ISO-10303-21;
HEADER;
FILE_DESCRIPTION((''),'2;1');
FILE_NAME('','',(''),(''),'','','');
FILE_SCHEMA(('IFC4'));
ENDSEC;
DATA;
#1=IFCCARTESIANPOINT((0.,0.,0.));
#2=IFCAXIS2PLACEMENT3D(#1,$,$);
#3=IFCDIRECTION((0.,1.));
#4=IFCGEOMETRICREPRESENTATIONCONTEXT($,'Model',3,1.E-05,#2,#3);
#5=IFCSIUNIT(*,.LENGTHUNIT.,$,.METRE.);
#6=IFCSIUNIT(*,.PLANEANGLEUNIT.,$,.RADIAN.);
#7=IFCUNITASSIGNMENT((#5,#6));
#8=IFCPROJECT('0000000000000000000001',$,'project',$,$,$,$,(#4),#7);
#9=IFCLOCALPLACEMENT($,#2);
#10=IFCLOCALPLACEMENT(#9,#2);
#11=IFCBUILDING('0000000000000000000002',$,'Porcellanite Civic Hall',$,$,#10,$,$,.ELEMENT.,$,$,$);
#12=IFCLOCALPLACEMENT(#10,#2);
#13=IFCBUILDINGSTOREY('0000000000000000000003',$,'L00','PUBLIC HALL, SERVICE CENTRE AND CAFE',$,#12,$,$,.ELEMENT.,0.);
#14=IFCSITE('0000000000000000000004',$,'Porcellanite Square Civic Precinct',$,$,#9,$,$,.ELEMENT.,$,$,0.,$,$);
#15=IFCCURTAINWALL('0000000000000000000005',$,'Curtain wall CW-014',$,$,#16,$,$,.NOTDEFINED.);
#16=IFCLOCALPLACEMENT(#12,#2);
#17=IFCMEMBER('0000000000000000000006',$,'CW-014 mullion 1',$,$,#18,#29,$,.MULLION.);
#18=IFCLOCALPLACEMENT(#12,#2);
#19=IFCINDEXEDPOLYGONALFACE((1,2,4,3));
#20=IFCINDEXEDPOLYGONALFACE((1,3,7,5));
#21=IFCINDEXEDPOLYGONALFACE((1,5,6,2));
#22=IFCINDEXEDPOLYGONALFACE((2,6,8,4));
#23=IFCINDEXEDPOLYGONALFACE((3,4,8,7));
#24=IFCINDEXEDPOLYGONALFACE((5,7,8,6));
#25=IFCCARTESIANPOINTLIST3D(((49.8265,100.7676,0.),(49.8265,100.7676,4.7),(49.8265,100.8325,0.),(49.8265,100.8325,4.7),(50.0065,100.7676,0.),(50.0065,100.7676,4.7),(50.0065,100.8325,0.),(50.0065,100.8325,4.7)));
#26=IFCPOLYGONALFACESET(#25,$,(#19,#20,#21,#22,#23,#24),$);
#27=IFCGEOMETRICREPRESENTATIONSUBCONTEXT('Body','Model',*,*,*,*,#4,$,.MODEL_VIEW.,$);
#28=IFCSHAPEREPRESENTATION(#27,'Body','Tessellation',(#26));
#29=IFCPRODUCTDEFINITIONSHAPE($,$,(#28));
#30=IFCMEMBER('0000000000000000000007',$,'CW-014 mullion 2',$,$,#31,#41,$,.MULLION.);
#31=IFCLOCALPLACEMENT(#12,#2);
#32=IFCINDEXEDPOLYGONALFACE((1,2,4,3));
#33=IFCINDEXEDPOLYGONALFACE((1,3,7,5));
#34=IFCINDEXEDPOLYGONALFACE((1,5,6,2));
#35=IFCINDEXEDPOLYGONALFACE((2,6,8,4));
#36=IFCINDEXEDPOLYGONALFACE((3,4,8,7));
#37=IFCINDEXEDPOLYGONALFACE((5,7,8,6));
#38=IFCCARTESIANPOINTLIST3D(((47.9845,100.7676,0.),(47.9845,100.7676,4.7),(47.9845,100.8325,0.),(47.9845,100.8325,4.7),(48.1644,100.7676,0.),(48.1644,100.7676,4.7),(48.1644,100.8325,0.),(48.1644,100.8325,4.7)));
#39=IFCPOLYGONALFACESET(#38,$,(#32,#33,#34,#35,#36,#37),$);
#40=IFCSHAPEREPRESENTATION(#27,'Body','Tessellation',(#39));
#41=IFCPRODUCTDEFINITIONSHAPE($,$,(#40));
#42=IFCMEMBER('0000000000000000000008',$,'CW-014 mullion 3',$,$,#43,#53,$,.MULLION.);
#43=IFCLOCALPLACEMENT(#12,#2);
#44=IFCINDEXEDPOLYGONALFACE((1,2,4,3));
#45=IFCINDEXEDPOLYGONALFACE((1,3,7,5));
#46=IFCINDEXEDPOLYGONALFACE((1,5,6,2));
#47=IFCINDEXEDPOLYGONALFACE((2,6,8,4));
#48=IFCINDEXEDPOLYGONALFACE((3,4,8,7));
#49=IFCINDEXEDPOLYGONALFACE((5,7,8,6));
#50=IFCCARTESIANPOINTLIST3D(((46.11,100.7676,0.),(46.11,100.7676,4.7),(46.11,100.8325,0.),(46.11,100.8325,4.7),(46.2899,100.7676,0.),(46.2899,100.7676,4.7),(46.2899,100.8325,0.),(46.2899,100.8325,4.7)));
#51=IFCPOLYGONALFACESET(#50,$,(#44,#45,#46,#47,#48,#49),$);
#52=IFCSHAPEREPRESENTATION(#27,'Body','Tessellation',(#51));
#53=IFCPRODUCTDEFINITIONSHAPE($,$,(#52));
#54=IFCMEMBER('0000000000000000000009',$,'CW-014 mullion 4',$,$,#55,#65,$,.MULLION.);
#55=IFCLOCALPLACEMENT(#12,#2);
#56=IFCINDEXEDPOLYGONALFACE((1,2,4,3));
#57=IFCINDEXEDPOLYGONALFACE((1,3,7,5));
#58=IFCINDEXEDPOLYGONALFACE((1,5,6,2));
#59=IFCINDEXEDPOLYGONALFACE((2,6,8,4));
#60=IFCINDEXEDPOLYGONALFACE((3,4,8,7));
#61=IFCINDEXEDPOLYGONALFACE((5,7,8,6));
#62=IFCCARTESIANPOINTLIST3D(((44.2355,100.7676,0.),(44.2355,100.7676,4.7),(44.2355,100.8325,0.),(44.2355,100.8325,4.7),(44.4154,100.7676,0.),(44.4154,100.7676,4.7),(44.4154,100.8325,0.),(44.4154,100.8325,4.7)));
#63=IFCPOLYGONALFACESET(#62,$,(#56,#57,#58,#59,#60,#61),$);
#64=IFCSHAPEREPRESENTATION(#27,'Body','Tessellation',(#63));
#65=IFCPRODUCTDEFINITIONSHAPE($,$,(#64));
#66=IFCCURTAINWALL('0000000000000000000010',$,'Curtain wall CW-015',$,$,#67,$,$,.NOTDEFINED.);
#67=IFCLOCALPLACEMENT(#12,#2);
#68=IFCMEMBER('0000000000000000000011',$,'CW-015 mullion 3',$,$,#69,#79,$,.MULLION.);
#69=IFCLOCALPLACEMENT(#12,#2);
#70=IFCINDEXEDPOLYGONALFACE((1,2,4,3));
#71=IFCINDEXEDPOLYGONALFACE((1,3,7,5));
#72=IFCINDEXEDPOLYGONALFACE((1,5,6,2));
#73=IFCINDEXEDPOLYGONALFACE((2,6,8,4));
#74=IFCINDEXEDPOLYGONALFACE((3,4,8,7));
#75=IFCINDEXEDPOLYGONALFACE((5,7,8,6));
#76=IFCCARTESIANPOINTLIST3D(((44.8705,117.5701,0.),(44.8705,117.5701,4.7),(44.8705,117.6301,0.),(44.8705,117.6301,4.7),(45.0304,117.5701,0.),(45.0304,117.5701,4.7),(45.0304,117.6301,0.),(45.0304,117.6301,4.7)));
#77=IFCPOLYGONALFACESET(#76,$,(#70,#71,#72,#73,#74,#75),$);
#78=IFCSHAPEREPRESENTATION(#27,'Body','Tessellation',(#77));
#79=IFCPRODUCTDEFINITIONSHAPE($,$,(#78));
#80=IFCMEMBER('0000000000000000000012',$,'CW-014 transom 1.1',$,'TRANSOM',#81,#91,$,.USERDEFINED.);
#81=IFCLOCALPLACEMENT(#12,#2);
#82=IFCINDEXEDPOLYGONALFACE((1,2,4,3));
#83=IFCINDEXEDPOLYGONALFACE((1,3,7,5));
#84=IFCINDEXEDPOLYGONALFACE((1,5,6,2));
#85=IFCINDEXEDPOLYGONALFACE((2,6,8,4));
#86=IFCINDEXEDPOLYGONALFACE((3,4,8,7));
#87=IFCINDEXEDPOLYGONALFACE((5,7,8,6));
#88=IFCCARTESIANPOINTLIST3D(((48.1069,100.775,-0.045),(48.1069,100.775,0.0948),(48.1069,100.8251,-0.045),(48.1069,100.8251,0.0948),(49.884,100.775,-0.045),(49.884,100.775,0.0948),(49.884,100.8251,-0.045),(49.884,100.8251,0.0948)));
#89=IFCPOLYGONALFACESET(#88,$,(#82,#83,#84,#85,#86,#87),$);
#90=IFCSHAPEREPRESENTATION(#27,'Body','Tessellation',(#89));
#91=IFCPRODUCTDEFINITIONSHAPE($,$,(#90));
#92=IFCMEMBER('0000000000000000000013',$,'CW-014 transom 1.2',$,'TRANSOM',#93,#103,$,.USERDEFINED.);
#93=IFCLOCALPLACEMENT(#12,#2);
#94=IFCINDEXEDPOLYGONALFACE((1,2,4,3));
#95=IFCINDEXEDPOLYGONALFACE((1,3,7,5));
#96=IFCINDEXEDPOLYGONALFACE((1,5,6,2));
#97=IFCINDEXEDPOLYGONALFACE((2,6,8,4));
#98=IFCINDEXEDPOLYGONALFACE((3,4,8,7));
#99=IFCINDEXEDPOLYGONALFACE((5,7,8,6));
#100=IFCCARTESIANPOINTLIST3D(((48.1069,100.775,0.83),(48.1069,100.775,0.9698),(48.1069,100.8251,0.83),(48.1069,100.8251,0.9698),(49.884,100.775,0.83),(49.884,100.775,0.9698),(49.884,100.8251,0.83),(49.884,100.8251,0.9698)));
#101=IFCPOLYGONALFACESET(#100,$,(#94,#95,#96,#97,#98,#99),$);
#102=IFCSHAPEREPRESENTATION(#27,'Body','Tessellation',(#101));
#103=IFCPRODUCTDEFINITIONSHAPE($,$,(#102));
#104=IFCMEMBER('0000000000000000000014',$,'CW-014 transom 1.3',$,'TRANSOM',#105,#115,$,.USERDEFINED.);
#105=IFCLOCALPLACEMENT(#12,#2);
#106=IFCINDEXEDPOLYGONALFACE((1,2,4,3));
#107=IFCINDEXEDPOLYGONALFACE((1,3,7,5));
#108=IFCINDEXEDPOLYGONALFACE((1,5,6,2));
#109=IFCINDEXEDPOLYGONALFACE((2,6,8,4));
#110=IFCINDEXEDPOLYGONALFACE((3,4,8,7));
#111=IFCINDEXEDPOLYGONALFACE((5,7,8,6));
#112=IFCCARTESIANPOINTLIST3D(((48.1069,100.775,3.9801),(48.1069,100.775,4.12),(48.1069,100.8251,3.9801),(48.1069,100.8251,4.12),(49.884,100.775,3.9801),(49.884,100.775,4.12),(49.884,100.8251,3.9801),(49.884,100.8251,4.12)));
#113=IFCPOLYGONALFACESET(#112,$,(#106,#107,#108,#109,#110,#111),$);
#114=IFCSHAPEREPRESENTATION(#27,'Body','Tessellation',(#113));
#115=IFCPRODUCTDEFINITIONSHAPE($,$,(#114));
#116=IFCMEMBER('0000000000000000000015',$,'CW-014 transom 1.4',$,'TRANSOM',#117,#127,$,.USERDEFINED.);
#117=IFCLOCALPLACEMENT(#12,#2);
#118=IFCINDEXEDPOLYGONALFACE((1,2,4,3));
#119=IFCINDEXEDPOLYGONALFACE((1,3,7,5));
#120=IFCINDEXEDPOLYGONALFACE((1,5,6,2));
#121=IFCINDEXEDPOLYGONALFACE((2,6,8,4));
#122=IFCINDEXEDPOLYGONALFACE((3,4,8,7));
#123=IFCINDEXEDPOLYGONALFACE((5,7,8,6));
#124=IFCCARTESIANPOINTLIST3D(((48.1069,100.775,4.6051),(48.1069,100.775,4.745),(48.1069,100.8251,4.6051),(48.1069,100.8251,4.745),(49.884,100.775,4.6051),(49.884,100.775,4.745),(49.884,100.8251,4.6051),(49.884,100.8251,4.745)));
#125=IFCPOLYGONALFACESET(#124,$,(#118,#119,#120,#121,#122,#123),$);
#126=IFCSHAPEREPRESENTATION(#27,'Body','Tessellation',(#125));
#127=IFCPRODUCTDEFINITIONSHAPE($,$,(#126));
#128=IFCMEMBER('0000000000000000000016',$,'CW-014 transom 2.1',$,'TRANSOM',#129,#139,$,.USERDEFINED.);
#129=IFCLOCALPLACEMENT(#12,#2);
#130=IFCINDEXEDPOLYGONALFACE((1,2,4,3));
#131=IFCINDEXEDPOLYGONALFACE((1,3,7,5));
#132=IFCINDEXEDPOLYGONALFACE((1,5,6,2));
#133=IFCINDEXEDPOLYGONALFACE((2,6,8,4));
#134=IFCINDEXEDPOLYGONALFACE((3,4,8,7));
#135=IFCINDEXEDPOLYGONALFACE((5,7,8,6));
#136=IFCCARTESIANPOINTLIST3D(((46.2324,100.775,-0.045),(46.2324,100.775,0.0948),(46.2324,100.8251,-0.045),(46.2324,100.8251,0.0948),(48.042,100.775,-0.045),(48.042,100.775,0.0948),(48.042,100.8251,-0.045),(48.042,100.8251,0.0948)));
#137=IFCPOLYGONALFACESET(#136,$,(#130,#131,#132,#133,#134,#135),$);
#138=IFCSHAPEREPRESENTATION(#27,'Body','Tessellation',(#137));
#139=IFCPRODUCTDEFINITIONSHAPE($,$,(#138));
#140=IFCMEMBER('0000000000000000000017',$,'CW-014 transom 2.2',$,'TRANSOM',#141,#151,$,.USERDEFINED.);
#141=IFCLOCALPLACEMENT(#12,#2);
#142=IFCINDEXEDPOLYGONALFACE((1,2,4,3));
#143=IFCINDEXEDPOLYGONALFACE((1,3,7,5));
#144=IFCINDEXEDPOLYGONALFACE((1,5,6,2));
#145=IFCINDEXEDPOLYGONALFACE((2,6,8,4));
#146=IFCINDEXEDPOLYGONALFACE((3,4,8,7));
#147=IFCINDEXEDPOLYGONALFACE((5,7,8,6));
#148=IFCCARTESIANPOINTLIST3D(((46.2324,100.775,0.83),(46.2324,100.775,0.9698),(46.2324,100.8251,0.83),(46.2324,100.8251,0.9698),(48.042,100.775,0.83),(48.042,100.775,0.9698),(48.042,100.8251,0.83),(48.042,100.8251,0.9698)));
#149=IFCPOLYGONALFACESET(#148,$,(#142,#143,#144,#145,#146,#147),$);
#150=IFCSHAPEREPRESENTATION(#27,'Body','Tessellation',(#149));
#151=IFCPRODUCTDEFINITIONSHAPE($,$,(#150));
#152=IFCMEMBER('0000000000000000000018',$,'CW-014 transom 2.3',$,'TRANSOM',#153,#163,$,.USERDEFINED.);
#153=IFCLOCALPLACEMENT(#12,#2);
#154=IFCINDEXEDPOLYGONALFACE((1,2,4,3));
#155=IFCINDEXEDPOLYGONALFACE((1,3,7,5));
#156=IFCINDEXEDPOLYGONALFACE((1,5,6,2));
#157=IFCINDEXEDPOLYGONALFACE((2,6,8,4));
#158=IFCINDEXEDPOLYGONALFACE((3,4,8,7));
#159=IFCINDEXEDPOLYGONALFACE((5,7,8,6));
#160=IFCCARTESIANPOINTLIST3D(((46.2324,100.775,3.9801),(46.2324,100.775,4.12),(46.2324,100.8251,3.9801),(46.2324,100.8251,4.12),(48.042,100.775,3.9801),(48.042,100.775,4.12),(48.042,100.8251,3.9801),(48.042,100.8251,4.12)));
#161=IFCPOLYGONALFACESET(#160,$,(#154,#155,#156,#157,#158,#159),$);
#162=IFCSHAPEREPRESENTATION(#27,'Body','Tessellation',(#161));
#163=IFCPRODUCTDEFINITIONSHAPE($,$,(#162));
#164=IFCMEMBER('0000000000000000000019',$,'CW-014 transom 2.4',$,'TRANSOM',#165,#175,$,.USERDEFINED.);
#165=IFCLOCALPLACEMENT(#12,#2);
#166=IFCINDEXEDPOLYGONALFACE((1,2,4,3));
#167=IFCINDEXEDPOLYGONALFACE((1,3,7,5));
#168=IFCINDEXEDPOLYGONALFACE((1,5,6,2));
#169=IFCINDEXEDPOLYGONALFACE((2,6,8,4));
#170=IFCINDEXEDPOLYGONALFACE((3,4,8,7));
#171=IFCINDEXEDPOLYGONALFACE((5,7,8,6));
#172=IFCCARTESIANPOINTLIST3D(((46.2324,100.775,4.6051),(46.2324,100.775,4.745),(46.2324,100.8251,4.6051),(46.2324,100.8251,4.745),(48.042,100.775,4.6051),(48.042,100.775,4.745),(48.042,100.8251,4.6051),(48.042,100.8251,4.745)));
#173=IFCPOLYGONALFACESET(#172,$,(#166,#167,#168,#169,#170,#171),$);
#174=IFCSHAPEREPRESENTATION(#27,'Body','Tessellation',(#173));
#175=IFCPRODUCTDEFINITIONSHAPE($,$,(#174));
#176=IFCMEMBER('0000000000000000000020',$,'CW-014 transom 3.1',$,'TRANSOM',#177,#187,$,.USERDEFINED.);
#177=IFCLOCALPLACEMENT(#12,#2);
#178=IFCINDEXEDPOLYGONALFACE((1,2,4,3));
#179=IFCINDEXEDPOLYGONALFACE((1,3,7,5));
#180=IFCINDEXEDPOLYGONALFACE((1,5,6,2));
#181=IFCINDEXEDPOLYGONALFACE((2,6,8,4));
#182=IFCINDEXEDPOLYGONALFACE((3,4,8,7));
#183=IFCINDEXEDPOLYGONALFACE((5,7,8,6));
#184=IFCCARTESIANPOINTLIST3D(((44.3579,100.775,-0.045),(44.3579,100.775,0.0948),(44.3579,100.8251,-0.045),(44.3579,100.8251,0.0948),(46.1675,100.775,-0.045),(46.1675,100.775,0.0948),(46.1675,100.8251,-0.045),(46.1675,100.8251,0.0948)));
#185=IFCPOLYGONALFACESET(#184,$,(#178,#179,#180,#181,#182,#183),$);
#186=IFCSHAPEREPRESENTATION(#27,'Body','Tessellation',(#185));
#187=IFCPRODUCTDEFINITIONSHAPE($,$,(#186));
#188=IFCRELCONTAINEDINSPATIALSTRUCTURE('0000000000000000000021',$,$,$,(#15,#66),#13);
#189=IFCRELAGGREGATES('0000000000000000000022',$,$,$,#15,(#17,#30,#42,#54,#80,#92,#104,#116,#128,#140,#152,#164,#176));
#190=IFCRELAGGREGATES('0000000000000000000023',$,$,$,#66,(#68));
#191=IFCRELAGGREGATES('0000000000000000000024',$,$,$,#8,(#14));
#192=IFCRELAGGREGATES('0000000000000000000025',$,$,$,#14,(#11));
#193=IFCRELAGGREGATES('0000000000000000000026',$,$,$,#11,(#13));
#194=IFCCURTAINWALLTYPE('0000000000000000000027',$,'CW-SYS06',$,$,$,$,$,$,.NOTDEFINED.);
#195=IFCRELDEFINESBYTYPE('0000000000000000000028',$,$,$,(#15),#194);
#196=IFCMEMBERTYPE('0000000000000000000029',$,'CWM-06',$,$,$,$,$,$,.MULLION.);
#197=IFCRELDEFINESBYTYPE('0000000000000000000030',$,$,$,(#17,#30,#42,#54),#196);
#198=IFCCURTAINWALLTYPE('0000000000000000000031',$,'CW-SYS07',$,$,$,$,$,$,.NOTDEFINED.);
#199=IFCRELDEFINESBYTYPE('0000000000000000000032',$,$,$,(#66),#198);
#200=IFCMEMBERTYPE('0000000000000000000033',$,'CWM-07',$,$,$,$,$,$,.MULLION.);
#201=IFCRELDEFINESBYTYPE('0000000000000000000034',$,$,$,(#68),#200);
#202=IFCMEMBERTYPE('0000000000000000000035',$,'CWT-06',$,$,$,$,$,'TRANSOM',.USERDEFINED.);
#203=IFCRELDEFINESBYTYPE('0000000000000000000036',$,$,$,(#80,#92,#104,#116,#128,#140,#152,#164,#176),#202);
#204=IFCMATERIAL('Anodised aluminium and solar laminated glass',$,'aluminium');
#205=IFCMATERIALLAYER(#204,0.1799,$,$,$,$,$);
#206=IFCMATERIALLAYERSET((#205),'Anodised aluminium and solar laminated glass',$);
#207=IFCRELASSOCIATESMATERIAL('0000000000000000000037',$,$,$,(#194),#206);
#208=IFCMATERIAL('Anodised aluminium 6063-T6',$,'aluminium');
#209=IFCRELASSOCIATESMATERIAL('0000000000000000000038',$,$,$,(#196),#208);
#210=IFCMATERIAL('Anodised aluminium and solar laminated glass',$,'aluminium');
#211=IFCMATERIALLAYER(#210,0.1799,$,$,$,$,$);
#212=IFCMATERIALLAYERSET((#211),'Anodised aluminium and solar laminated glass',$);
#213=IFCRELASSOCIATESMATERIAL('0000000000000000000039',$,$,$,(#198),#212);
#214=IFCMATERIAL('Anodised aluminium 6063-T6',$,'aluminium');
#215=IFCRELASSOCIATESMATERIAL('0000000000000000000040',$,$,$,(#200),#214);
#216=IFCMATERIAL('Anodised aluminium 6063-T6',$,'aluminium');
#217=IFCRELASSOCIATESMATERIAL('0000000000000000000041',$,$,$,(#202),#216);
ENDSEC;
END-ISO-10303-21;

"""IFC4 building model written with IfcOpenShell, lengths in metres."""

from ifc_helpers import new_model, si_unit, direction, frame, origin, origin_2d, place, context, subcontext, project, spatial, rectangle, extrude, material, layer, layer_set, material_profile, profile_set, type_object, element, aggregate, save


model = new_model("IFC4")

# Units and contexts
model_context = context("Model", 3, precision=1e-05, world=origin(), true_north=direction((0.0, 1.0)))
body_context = subcontext(model_context, "Body", "Model", "MODEL_VIEW")
ifc_project = project(units=[si_unit("LENGTHUNIT", "METRE"), si_unit("PLANEANGLEUNIT", "RADIAN")], contexts=[model_context])

# Site, building, storey
site_placement = place(None, origin())
site = spatial("IfcSite", under=ifc_project, at=site_placement, Name="Porcellanite Square Civic Precinct", CompositionType="ELEMENT", RefElevation=0.0)
building_placement = place(site_placement, origin())
building = spatial("IfcBuilding", under=site, at=building_placement, Name="Porcellanite Civic Hall", CompositionType="ELEMENT")
storey_placement = place(building_placement, origin())
storey = spatial("IfcBuildingStorey", under=building, at=storey_placement, Name="L00", Description="PUBLIC HALL, SERVICE CENTRE AND CAFE", CompositionType="ELEMENT", Elevation=0.0)

# Curtain wall, members
ifc_material_1 = material(Name="Anodised aluminium and solar laminated glass", Category="aluminium")
ifc_layer_1 = layer(ifc_material_1, 0.1799)
ifc_layer_set_1 = layer_set([ifc_layer_1], Name="Anodised aluminium and solar laminated glass")
curtain_wall_type_1 = type_object("IfcCurtainWallType", Name="CW-SYS06", PredefinedType="NOTDEFINED", material=ifc_layer_set_1)
curtain_wall_1_placement = place(storey_placement, origin())
curtain_wall_1 = element("IfcCurtainWall", 1, at=curtain_wall_1_placement, inside=storey, type_object=curtain_wall_type_1, Name="Curtain wall CW-014", PredefinedType="NOTDEFINED")
ifc_material_2 = material(Name="Anodised aluminium 6063-T6", Category="aluminium")
ifc_material_profile_1 = material_profile(ifc_material_2, rectangle(XDim=0.0649, YDim=0.1799, at=origin_2d()), Name="AL-65x180")
ifc_profile_set_1 = profile_set([ifc_material_profile_1], Name="Anodised aluminium 6063-T6")
member_type_1 = type_object("IfcMemberType", Name="CWM-06", PredefinedType="MULLION", material=ifc_profile_set_1)
member_1_placement = place(storey_placement, frame((49.9165, 100.8, 0.0), z_axis=(0.0, 0.0, 1.0), x_axis=(0.0, -1.0, 0.0)))
member_1 = element("IfcMember", 2, at=member_1_placement, type_object=member_type_1, Name="CW-014 mullion 1", PredefinedType="MULLION", context=body_context, shape_type="SweptSolid", body=[
    extrude(rectangle(XDim=0.0649, YDim=0.1799, at=origin_2d()), origin(), (0.0, 0.0, 1.0), 4.7),
])
member_2_placement = place(storey_placement, frame((48.0745, 100.8, 0.0), z_axis=(0.0, 0.0, 1.0), x_axis=(0.0, -1.0, 0.0)))
member_2 = element("IfcMember", 3, at=member_2_placement, type_object=member_type_1, Name="CW-014 mullion 2", PredefinedType="MULLION", context=body_context, shape_type="SweptSolid", body=[
    extrude(rectangle(XDim=0.0649, YDim=0.1799, at=origin_2d()), origin(), (0.0, 0.0, 1.0), 4.7),
])
member_3_placement = place(storey_placement, frame((46.2, 100.8, 0.0), z_axis=(0.0, 0.0, 1.0), x_axis=(0.0, -1.0, 0.0)))
member_3 = element("IfcMember", 4, at=member_3_placement, type_object=member_type_1, Name="CW-014 mullion 3", PredefinedType="MULLION", context=body_context, shape_type="SweptSolid", body=[
    extrude(rectangle(XDim=0.0649, YDim=0.1799, at=origin_2d()), origin(), (0.0, 0.0, 1.0), 4.7),
])
member_4_placement = place(storey_placement, frame((44.3254, 100.8, 0.0), z_axis=(0.0, 0.0, 1.0), x_axis=(0.0, -1.0, 0.0)))
member_4 = element("IfcMember", 5, at=member_4_placement, type_object=member_type_1, Name="CW-014 mullion 4", PredefinedType="MULLION", context=body_context, shape_type="SweptSolid", body=[
    extrude(rectangle(XDim=0.0649, YDim=0.1799, at=origin_2d()), origin(), (0.0, 0.0, 1.0), 4.7),
])

# Curtain wall, member
ifc_material_3 = material(Name="Anodised aluminium and solar laminated glass", Category="aluminium")
ifc_layer_2 = layer(ifc_material_3, 0.1799)
ifc_layer_set_2 = layer_set([ifc_layer_2], Name="Anodised aluminium and solar laminated glass")
curtain_wall_type_2 = type_object("IfcCurtainWallType", Name="CW-SYS07", PredefinedType="NOTDEFINED", material=ifc_layer_set_2)
curtain_wall_2_placement = place(storey_placement, origin())
curtain_wall_2 = element("IfcCurtainWall", 6, at=curtain_wall_2_placement, inside=storey, type_object=curtain_wall_type_2, Name="Curtain wall CW-015", PredefinedType="NOTDEFINED")
ifc_material_4 = material(Name="Anodised aluminium 6063-T6", Category="aluminium")
ifc_material_profile_2 = material_profile(ifc_material_4, rectangle(XDim=0.0601, YDim=0.1599, at=origin_2d()), Name="AL-60x160")
ifc_profile_set_2 = profile_set([ifc_material_profile_2], Name="Anodised aluminium 6063-T6")
member_type_2 = type_object("IfcMemberType", Name="CWM-07", PredefinedType="MULLION", material=ifc_profile_set_2)
member_5_placement = place(storey_placement, frame((44.9504, 117.6001, 0.0), z_axis=(0.0, 0.0, 1.0), x_axis=(0.0, 1.0, 0.0)))
member_5 = element("IfcMember", 7, at=member_5_placement, type_object=member_type_2, Name="CW-015 mullion 3", PredefinedType="MULLION", context=body_context, shape_type="SweptSolid", body=[
    extrude(rectangle(XDim=0.0601, YDim=0.1599, at=origin_2d()), origin(), (0.0, 0.0, 1.0), 4.7),
])

# Members
ifc_material_5 = material(Name="Anodised aluminium 6063-T6", Category="aluminium")
ifc_material_profile_3 = material_profile(ifc_material_5, rectangle(XDim=0.05, YDim=0.1399, at=origin_2d()), Name="AL-50x140")
ifc_profile_set_3 = profile_set([ifc_material_profile_3], Name="Anodised aluminium 6063-T6")
member_type_3 = type_object("IfcMemberType", Name="CWT-06", ElementType="TRANSOM", PredefinedType="USERDEFINED", material=ifc_profile_set_3)
member_6_placement = place(storey_placement, frame((49.884, 100.8, 0.0249), z_axis=(-1.0, 0.0, 0.0), x_axis=(0.0, -1.0, 0.0)))
member_6 = element("IfcMember", 8, at=member_6_placement, type_object=member_type_3, Name="CW-014 transom 1.1", ObjectType="TRANSOM", PredefinedType="USERDEFINED", context=body_context, shape_type="SweptSolid", body=[
    extrude(rectangle(XDim=0.05, YDim=0.1399, at=origin_2d()), origin(), (0.0, 0.0, 1.0), 1.7771),
])
member_7_placement = place(storey_placement, frame((49.884, 100.8, 0.8999), z_axis=(-1.0, 0.0, 0.0), x_axis=(0.0, -1.0, 0.0)))
member_7 = element("IfcMember", 9, at=member_7_placement, type_object=member_type_3, Name="CW-014 transom 1.2", ObjectType="TRANSOM", PredefinedType="USERDEFINED", context=body_context, shape_type="SweptSolid", body=[
    extrude(rectangle(XDim=0.05, YDim=0.1399, at=origin_2d()), origin(), (0.0, 0.0, 1.0), 1.7771),
])
member_8_placement = place(storey_placement, frame((49.884, 100.8, 4.05), z_axis=(-1.0, 0.0, 0.0), x_axis=(0.0, -1.0, 0.0)))
member_8 = element("IfcMember", 10, at=member_8_placement, type_object=member_type_3, Name="CW-014 transom 1.3", ObjectType="TRANSOM", PredefinedType="USERDEFINED", context=body_context, shape_type="SweptSolid", body=[
    extrude(rectangle(XDim=0.05, YDim=0.1399, at=origin_2d()), origin(), (0.0, 0.0, 1.0), 1.7771),
])
member_9_placement = place(storey_placement, frame((49.884, 100.8, 4.675), z_axis=(-1.0, 0.0, 0.0), x_axis=(0.0, -1.0, 0.0)))
member_9 = element("IfcMember", 11, at=member_9_placement, type_object=member_type_3, Name="CW-014 transom 1.4", ObjectType="TRANSOM", PredefinedType="USERDEFINED", context=body_context, shape_type="SweptSolid", body=[
    extrude(rectangle(XDim=0.05, YDim=0.1399, at=origin_2d()), origin(), (0.0, 0.0, 1.0), 1.7771),
])
member_10_placement = place(storey_placement, frame((48.042, 100.8, 0.0249), z_axis=(-1.0, 0.0, 0.0), x_axis=(0.0, -1.0, 0.0)))
member_10 = element("IfcMember", 12, at=member_10_placement, type_object=member_type_3, Name="CW-014 transom 2.1", ObjectType="TRANSOM", PredefinedType="USERDEFINED", context=body_context, shape_type="SweptSolid", body=[
    extrude(rectangle(XDim=0.05, YDim=0.1399, at=origin_2d()), origin(), (0.0, 0.0, 1.0), 1.8096),
])
member_11_placement = place(storey_placement, frame((48.042, 100.8, 0.8999), z_axis=(-1.0, 0.0, 0.0), x_axis=(0.0, -1.0, 0.0)))
member_11 = element("IfcMember", 13, at=member_11_placement, type_object=member_type_3, Name="CW-014 transom 2.2", ObjectType="TRANSOM", PredefinedType="USERDEFINED", context=body_context, shape_type="SweptSolid", body=[
    extrude(rectangle(XDim=0.05, YDim=0.1399, at=origin_2d()), origin(), (0.0, 0.0, 1.0), 1.8096),
])
member_12_placement = place(storey_placement, frame((48.042, 100.8, 4.05), z_axis=(-1.0, 0.0, 0.0), x_axis=(0.0, -1.0, 0.0)))
member_12 = element("IfcMember", 14, at=member_12_placement, type_object=member_type_3, Name="CW-014 transom 2.3", ObjectType="TRANSOM", PredefinedType="USERDEFINED", context=body_context, shape_type="SweptSolid", body=[
    extrude(rectangle(XDim=0.05, YDim=0.1399, at=origin_2d()), origin(), (0.0, 0.0, 1.0), 1.8096),
])
member_13_placement = place(storey_placement, frame((48.042, 100.8, 4.675), z_axis=(-1.0, 0.0, 0.0), x_axis=(0.0, -1.0, 0.0)))
member_13 = element("IfcMember", 15, at=member_13_placement, type_object=member_type_3, Name="CW-014 transom 2.4", ObjectType="TRANSOM", PredefinedType="USERDEFINED", context=body_context, shape_type="SweptSolid", body=[
    extrude(rectangle(XDim=0.05, YDim=0.1399, at=origin_2d()), origin(), (0.0, 0.0, 1.0), 1.8096),
])
member_14_placement = place(storey_placement, frame((46.1675, 100.8, 0.0249), z_axis=(-1.0, 0.0, 0.0), x_axis=(0.0, -1.0, 0.0)))
member_14 = element("IfcMember", 16, at=member_14_placement, type_object=member_type_3, Name="CW-014 transom 3.1", ObjectType="TRANSOM", PredefinedType="USERDEFINED", context=body_context, shape_type="SweptSolid", body=[
    extrude(rectangle(XDim=0.05, YDim=0.1399, at=origin_2d()), origin(), (0.0, 0.0, 1.0), 1.8096),
])

aggregate(curtain_wall_1, [member_1, member_2, member_3, member_4, member_6, member_7, member_8, member_9, member_10, member_11, member_12, member_13, member_14])
aggregate(curtain_wall_2, [member_5])

save(model, "model.ifc")
